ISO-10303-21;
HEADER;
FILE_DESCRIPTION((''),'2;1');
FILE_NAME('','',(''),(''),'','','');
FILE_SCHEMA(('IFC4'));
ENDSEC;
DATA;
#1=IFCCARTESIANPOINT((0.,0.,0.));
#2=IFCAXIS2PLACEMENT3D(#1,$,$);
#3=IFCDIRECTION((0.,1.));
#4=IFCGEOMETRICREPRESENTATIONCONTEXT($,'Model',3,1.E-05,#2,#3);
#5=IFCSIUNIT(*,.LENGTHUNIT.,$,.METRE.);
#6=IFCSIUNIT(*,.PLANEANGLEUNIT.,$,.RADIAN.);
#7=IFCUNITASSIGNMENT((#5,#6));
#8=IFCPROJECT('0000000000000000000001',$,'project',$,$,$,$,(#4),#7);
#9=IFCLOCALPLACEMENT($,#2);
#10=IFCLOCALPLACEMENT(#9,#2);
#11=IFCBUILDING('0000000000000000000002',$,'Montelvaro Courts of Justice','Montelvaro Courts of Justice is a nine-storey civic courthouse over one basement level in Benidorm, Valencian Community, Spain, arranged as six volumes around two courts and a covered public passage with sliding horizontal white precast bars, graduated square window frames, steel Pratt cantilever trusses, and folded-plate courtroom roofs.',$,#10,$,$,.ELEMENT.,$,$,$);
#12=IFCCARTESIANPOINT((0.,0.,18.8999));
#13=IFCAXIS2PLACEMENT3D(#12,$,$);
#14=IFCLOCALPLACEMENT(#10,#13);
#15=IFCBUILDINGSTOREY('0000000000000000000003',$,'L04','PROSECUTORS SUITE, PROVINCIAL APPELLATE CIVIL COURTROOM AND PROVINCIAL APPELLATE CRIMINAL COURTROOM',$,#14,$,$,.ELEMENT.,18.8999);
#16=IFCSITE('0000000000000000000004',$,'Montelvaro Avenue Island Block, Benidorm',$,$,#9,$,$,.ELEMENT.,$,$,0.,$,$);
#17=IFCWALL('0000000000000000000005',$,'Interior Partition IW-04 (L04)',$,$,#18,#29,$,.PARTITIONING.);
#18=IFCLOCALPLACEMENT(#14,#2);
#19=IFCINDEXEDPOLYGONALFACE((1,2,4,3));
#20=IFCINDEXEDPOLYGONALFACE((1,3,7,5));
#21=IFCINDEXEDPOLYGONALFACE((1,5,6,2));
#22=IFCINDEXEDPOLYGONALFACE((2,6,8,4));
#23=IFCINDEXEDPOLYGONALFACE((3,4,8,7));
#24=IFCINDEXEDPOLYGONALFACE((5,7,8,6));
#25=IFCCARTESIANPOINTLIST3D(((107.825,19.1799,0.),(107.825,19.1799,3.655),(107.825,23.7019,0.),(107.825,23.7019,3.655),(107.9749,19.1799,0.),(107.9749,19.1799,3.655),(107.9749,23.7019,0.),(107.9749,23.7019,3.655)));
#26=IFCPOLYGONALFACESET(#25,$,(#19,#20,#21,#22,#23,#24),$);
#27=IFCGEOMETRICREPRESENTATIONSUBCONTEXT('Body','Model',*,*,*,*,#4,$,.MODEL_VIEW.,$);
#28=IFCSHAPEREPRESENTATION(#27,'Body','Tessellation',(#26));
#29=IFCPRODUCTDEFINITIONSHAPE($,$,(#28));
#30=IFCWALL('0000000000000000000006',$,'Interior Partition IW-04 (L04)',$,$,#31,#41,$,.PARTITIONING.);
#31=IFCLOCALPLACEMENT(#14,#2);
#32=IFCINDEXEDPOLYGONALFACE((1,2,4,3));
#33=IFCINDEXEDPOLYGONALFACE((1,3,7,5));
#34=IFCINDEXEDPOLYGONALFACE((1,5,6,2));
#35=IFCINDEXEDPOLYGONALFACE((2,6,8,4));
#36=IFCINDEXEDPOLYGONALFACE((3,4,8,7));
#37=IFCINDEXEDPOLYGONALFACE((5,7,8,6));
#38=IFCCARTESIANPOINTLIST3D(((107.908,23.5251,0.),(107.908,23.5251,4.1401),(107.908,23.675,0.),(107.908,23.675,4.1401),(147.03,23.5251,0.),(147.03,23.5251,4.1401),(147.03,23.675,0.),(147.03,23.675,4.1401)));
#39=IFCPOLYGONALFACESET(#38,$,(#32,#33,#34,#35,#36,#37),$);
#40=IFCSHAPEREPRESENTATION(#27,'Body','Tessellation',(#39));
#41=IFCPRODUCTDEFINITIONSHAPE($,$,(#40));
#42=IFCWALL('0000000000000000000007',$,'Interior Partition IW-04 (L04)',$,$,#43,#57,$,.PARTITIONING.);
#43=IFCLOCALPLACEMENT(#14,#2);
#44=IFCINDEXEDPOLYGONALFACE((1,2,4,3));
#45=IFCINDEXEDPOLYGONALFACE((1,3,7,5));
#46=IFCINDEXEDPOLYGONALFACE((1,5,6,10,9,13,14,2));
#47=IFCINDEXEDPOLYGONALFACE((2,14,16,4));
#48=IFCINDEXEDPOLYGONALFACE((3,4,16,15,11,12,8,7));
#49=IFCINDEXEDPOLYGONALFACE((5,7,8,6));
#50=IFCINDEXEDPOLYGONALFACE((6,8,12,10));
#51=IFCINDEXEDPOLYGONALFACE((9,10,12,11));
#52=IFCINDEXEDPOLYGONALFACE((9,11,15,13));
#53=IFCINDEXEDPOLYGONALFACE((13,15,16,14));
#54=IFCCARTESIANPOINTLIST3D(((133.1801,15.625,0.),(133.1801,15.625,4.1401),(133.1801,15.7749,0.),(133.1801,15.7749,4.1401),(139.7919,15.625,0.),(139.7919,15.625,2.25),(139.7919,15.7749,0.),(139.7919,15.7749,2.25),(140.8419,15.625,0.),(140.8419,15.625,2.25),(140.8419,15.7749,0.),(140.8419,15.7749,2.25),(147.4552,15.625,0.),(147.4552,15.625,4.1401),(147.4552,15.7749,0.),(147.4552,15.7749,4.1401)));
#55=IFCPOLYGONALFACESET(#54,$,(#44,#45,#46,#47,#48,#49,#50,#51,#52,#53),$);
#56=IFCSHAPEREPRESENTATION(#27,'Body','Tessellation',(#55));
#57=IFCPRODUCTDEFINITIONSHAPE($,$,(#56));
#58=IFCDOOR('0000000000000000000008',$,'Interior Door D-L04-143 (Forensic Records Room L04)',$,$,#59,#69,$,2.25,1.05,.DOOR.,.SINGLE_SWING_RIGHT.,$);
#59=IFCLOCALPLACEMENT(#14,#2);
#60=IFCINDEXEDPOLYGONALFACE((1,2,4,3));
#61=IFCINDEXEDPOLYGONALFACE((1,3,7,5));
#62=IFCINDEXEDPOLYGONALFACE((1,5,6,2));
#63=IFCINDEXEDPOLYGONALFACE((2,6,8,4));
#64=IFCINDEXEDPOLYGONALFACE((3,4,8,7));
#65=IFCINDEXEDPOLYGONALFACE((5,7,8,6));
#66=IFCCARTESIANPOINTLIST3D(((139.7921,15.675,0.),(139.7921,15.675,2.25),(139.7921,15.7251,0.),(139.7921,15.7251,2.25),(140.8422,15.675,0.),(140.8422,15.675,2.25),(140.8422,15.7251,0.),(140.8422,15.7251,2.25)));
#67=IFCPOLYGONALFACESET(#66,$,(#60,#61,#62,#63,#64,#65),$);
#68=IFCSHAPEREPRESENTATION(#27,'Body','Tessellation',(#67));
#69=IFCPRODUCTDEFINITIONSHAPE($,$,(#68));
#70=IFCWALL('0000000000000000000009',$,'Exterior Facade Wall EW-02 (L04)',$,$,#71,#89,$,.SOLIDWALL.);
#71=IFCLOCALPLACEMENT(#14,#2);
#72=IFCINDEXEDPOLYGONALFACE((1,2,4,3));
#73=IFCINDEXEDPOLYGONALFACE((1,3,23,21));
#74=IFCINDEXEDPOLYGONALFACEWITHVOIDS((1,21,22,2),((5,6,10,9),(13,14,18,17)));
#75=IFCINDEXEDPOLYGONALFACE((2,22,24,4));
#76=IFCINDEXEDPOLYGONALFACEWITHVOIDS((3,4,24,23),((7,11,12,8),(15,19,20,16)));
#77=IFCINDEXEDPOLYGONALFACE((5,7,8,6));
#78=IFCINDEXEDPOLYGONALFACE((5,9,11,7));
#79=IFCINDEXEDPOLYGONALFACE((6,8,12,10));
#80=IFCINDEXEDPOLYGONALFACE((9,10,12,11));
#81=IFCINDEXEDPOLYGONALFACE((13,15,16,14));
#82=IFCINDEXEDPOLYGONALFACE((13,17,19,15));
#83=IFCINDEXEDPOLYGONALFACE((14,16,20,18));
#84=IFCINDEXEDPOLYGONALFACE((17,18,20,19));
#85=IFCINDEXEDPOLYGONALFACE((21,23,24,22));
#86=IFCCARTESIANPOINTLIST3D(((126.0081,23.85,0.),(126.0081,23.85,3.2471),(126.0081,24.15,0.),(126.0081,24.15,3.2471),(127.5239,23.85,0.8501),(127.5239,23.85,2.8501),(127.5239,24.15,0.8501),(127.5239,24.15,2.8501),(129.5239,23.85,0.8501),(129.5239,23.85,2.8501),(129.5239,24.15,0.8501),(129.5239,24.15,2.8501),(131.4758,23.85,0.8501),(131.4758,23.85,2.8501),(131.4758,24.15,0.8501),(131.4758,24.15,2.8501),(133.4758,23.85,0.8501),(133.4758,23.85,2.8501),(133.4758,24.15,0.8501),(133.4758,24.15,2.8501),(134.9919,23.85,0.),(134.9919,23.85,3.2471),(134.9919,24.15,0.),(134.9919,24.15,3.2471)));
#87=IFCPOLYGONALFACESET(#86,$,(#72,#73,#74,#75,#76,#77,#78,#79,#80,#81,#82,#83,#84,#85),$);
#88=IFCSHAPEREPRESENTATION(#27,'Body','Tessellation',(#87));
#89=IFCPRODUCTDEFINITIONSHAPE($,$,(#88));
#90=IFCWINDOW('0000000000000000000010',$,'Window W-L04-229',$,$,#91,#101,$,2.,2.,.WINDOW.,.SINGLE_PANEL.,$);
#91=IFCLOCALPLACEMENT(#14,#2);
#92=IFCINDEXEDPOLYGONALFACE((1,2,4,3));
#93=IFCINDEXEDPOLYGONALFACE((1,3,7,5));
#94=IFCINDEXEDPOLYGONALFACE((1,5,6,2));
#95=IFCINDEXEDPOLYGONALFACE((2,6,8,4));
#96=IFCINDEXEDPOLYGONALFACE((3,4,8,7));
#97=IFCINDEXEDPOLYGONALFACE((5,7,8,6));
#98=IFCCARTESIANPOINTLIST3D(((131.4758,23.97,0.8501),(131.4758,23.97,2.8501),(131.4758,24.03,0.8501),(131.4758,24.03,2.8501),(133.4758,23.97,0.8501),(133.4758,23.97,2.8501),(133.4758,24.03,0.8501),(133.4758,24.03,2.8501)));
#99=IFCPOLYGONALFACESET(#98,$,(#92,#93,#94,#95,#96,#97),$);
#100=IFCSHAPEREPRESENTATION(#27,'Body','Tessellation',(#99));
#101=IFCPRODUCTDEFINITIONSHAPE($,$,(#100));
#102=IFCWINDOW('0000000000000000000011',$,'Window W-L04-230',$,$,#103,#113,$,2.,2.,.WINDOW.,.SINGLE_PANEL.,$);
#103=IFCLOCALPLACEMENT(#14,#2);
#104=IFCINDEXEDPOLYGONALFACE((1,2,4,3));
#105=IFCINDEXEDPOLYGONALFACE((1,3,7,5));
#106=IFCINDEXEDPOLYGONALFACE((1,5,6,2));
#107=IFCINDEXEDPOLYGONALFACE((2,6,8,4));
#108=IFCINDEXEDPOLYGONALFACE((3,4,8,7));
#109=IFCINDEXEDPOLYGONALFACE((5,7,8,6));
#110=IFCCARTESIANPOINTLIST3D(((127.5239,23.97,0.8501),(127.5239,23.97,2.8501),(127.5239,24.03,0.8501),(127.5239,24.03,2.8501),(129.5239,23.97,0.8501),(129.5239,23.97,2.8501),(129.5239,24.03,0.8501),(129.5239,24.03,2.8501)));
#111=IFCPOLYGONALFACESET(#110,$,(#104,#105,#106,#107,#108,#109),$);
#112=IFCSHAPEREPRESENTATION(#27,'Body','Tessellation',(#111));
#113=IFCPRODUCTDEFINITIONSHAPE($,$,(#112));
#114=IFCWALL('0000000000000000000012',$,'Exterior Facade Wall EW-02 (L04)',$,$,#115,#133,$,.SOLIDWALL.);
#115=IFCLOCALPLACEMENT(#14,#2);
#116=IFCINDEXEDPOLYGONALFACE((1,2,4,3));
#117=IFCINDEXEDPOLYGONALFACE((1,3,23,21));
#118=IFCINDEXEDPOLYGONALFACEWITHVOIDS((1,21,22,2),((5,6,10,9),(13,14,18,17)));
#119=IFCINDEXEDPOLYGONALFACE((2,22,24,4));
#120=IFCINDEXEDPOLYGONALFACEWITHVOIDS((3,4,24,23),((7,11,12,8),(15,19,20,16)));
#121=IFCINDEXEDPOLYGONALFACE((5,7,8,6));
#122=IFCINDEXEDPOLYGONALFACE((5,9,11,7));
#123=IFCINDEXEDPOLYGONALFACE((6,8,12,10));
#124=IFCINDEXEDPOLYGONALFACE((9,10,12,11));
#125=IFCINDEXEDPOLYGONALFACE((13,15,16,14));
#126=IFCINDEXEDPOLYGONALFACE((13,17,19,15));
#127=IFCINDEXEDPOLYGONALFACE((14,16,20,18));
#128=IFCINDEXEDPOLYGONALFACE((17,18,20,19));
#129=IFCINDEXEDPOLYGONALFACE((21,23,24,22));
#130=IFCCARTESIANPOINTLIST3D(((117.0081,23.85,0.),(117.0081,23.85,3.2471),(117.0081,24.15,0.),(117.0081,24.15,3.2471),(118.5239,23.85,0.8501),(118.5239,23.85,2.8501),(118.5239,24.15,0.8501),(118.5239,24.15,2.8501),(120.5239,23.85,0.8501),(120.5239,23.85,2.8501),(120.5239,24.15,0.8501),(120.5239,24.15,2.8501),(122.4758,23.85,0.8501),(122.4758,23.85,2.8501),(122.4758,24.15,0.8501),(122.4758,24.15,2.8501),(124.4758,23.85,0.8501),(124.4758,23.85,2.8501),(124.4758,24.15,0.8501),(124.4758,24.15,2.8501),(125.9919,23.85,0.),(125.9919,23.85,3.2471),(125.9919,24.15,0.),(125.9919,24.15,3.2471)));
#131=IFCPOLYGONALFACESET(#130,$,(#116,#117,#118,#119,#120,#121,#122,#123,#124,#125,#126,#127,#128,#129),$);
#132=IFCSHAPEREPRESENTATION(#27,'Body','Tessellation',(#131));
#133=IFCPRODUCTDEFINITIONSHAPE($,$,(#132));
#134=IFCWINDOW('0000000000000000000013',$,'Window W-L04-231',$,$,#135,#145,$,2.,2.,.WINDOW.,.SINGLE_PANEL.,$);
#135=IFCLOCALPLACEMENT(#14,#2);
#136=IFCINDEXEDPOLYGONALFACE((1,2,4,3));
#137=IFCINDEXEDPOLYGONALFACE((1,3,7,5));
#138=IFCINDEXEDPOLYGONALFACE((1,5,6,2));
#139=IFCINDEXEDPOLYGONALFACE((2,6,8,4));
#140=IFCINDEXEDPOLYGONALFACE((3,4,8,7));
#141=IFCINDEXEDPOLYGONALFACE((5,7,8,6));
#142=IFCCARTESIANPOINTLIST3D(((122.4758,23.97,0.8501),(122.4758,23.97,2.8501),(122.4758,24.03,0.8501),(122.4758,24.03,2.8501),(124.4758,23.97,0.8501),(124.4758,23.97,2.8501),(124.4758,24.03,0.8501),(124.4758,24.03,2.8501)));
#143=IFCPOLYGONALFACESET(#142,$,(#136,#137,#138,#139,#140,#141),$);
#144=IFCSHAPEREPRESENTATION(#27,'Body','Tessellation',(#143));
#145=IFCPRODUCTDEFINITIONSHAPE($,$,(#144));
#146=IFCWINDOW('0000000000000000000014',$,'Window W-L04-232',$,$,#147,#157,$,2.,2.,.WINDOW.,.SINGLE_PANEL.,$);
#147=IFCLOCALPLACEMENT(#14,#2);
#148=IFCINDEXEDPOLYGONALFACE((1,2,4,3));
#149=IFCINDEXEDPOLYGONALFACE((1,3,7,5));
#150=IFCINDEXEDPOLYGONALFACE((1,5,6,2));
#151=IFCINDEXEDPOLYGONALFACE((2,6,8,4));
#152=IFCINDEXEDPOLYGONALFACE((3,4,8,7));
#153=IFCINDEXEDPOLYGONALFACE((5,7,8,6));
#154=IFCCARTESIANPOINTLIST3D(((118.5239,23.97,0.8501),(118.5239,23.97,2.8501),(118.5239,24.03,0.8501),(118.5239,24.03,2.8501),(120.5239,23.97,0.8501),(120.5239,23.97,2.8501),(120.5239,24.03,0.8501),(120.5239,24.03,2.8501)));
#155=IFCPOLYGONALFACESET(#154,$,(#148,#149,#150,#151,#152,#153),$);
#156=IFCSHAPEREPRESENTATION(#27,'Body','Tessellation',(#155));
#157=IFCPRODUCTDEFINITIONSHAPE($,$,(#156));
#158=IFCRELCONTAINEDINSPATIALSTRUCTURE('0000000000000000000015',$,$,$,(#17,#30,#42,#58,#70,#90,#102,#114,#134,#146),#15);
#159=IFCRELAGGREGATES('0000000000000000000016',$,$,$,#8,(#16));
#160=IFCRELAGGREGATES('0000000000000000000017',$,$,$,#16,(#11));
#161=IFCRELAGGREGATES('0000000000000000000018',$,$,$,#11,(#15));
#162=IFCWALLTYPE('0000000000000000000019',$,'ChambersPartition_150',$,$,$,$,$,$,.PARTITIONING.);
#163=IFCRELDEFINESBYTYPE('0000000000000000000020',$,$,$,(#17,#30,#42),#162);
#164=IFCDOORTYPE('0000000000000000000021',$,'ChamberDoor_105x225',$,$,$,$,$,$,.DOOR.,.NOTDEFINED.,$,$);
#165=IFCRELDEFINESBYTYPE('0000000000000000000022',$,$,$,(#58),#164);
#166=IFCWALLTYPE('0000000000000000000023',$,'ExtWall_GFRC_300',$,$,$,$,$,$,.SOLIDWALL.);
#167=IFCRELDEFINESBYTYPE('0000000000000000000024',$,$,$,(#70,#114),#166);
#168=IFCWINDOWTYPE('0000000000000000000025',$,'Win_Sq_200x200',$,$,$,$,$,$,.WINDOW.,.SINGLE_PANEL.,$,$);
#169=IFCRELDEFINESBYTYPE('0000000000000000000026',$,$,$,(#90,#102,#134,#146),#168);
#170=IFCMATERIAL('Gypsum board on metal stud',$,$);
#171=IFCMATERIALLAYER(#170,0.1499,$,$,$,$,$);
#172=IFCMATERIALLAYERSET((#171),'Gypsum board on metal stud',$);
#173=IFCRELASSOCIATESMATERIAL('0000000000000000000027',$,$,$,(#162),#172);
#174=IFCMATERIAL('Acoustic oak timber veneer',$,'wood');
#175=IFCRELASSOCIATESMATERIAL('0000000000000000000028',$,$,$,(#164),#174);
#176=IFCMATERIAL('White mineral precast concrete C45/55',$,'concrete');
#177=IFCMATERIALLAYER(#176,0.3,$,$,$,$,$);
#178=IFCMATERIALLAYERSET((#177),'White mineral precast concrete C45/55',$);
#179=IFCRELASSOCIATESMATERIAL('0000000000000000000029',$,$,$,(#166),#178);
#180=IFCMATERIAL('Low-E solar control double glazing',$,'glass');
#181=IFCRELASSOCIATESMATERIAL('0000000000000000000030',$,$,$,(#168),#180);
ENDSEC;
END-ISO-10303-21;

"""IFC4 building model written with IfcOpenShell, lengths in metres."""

from ifc_helpers import new_model, si_unit, direction, frame, frame_2d, origin, place, context, subcontext, project, spatial, rectangle, extrude, material, layer, layer_set, type_object, element, fill, save


model = new_model("IFC4")

# Units and contexts
model_context = context("Model", 3, precision=1e-05, world=origin(), true_north=direction((0.0, 1.0)))
body_context = subcontext(model_context, "Body", "Model", "MODEL_VIEW")
ifc_project = project(units=[si_unit("LENGTHUNIT", "METRE"), si_unit("PLANEANGLEUNIT", "RADIAN")], contexts=[model_context])

# Site, building, storey
site_placement = place(None, origin())
site = spatial("IfcSite", under=ifc_project, at=site_placement, Name="Montelvaro Avenue Island Block, Benidorm", CompositionType="ELEMENT", RefElevation=0.0)
building_placement = place(site_placement, origin())
building = spatial("IfcBuilding", under=site, at=building_placement, Name="Montelvaro Courts of Justice", Description="Montelvaro Courts of Justice is a nine-storey civic courthouse over one basement level in Benidorm, Valencian Community, Spain, arranged as six volumes around two courts and a covered public passage with sliding horizontal white precast bars, graduated square window frames, steel Pratt cantilever trusses, and folded-plate courtroom roofs.", CompositionType="ELEMENT")
storey_placement = place(building_placement, frame((0.0, 0.0, 18.8999)))
storey = spatial("IfcBuildingStorey", under=building, at=storey_placement, Name="L04", Description="PROSECUTORS SUITE, PROVINCIAL APPELLATE CIVIL COURTROOM AND PROVINCIAL APPELLATE CRIMINAL COURTROOM", CompositionType="ELEMENT", Elevation=18.8999)

# Shared definitions
ifc_material_1 = material(Name="White mineral precast concrete C45/55", Category="concrete")

# Walls
ifc_material_2 = material(Name="Gypsum board on metal stud")
ifc_layer_1 = layer(ifc_material_2, 0.1499)
ifc_layer_set_1 = layer_set([ifc_layer_1], Name="Gypsum board on metal stud")
wall_type_1 = type_object("IfcWallType", Name="ChambersPartition_150", PredefinedType="PARTITIONING", material=ifc_layer_set_1)
wall_1_placement = place(storey_placement, frame((107.8999, 19.1799, 0.0), z_axis=(0.0, 0.0, 1.0), x_axis=(0.0, 1.0, 0.0)))
element("IfcWall", 1, at=wall_1_placement, inside=storey, type_object=wall_type_1, Name="Interior Partition IW-04 (L04)", PredefinedType="PARTITIONING", context=body_context, shape_type="SweptSolid", body=[
    extrude(rectangle(XDim=4.522, YDim=0.1499, at=frame_2d((2.261, 0.0))), origin(), (0.0, 0.0, 1.0), 3.655),
])
wall_2_placement = place(storey_placement, frame((107.908, 23.6001, 0.0), z_axis=(0.0, 0.0, 1.0), x_axis=(1.0, 0.0, 0.0)))
element("IfcWall", 2, at=wall_2_placement, inside=storey, type_object=wall_type_1, Name="Interior Partition IW-04 (L04)", PredefinedType="PARTITIONING", context=body_context, shape_type="SweptSolid", body=[
    extrude(rectangle(XDim=39.1221, YDim=0.1499, at=frame_2d((19.561, 0.0))), origin(), (0.0, 0.0, 1.0), 4.1401),
])

# Wall, opening, door
wall_3_placement = place(storey_placement, frame((133.1799, 15.7, 0.0), z_axis=(0.0, 0.0, 1.0), x_axis=(1.0, 0.0, 0.0)))
wall_3 = element("IfcWall", 3, at=wall_3_placement, inside=storey, type_object=wall_type_1, Name="Interior Partition IW-04 (L04)", PredefinedType="PARTITIONING", context=body_context, shape_type="SweptSolid", body=[
    extrude(rectangle(XDim=14.2751, YDim=0.1499, at=frame_2d((7.1377, 0.0))), origin(), (0.0, 0.0, 1.0), 4.1401),
])
opening_1_placement = place(wall_3_placement, frame((6.6121, 0.0, 0.0)))
opening_1 = element("IfcOpeningElement", 4, at=opening_1_placement, cuts=wall_3, PredefinedType="OPENING", context=body_context, shape_type="SweptSolid", body=[
    extrude(rectangle(XDim=1.05, YDim=2.25, at=frame_2d((0.5249, 1.125))), frame((0.0, 0.0898, 0.0), z_axis=(0.0, -1.0, 0.0), x_axis=(1.0, 0.0, 0.0)), (0.0, 0.0, 1.0), 0.1797),
])
ifc_material_3 = material(Name="Acoustic oak timber veneer", Category="wood")
door_type_1 = type_object("IfcDoorType", Name="ChamberDoor_105x225", OperationType="NOTDEFINED", PredefinedType="DOOR", material=ifc_material_3)
door_1_placement = place(opening_1_placement, frame((1.05, 0.0, 0.0), z_axis=(0.0, 0.0, 1.0), x_axis=(-1.0, 0.0, 0.0)))
door_1 = element("IfcDoor", 5, at=door_1_placement, inside=storey, type_object=door_type_1, Name="Interior Door D-L04-143 (Forensic Records Room L04)", OperationType="SINGLE_SWING_RIGHT", OverallHeight=2.25, OverallWidth=1.05, PredefinedType="DOOR", context=body_context, shape_type="SweptSolid", body=[
    extrude(rectangle(XDim=1.05, YDim=2.25, at=frame_2d((0.5249, 1.125))), frame((0.0, 0.0249, 0.0), z_axis=(0.0, -1.0, 0.0), x_axis=(1.0, 0.0, 0.0)), (0.0, 0.0, 1.0), 0.05),
])
fill(opening_1, door_1)

# Walls, openings, windows
ifc_layer_2 = layer(ifc_material_1, 0.3)
ifc_layer_set_2 = layer_set([ifc_layer_2], Name="White mineral precast concrete C45/55")
wall_type_2 = type_object("IfcWallType", Name="ExtWall_GFRC_300", PredefinedType="SOLIDWALL", material=ifc_layer_set_2)
wall_4_placement = place(storey_placement, frame((134.9919, 24.0, 0.0), z_axis=(0.0, 0.0, 1.0), x_axis=(-1.0, 0.0, 0.0)))
wall_4 = element("IfcWall", 6, at=wall_4_placement, inside=storey, type_object=wall_type_2, Name="Exterior Facade Wall EW-02 (L04)", PredefinedType="SOLIDWALL", context=body_context, shape_type="SweptSolid", body=[
    extrude(rectangle(XDim=8.9839, YDim=0.3, at=frame_2d((4.4919, 0.0))), origin(), (0.0, 0.0, 1.0), 3.2471),
])
opening_2_placement = place(wall_4_placement, frame((1.5161, 0.0, 0.8501)))
opening_2 = element("IfcOpeningElement", 7, at=opening_2_placement, cuts=wall_4, PredefinedType="OPENING", context=body_context, shape_type="SweptSolid", body=[
    extrude(rectangle(XDim=2.0, YDim=2.0, at=frame_2d((1.0, 1.0))), frame((0.0, 0.165, 0.0), z_axis=(0.0, -1.0, 0.0), x_axis=(1.0, 0.0, 0.0)), (0.0, 0.0, 1.0), 0.3298),
])
opening_3_placement = place(wall_4_placement, frame((5.468, 0.0, 0.8501)))
opening_3 = element("IfcOpeningElement", 8, at=opening_3_placement, cuts=wall_4, PredefinedType="OPENING", context=body_context, shape_type="SweptSolid", body=[
    extrude(rectangle(XDim=2.0, YDim=2.0, at=frame_2d((1.0, 1.0))), frame((0.0, 0.165, 0.0), z_axis=(0.0, -1.0, 0.0), x_axis=(1.0, 0.0, 0.0)), (0.0, 0.0, 1.0), 0.3298),
])
ifc_material_4 = material(Name="Low-E solar control double glazing", Category="glass")
window_type = type_object("IfcWindowType", Name="Win_Sq_200x200", PartitioningType="SINGLE_PANEL", PredefinedType="WINDOW", material=ifc_material_4)
window_1_placement = place(opening_2_placement, origin())
window_1 = element("IfcWindow", 9, at=window_1_placement, inside=storey, type_object=window_type, Name="Window W-L04-229", OverallHeight=2.0, OverallWidth=2.0, PartitioningType="SINGLE_PANEL", PredefinedType="WINDOW", context=body_context, shape_type="SweptSolid", body=[
    extrude(rectangle(XDim=2.0, YDim=2.0, at=frame_2d((1.0, 1.0))), frame((0.0, 0.03, 0.0), z_axis=(0.0, -1.0, 0.0), x_axis=(1.0, 0.0, 0.0)), (0.0, 0.0, 1.0), 0.0601),
])
fill(opening_2, window_1)
window_2_placement = place(opening_3_placement, origin())
window_2 = element("IfcWindow", 10, at=window_2_placement, inside=storey, type_object=window_type, Name="Window W-L04-230", OverallHeight=2.0, OverallWidth=2.0, PartitioningType="SINGLE_PANEL", PredefinedType="WINDOW", context=body_context, shape_type="SweptSolid", body=[
    extrude(rectangle(XDim=2.0, YDim=2.0, at=frame_2d((1.0, 1.0))), frame((0.0, 0.03, 0.0), z_axis=(0.0, -1.0, 0.0), x_axis=(1.0, 0.0, 0.0)), (0.0, 0.0, 1.0), 0.0601),
])
fill(opening_3, window_2)
wall_5_placement = place(storey_placement, frame((125.9919, 24.0, 0.0), z_axis=(0.0, 0.0, 1.0), x_axis=(-1.0, 0.0, 0.0)))
wall_5 = element("IfcWall", 11, at=wall_5_placement, inside=storey, type_object=wall_type_2, Name="Exterior Facade Wall EW-02 (L04)", PredefinedType="SOLIDWALL", context=body_context, shape_type="SweptSolid", body=[
    extrude(rectangle(XDim=8.9839, YDim=0.3, at=frame_2d((4.4919, 0.0))), origin(), (0.0, 0.0, 1.0), 3.2471),
])
opening_4_placement = place(wall_5_placement, frame((1.5161, 0.0, 0.8501)))
opening_4 = element("IfcOpeningElement", 12, at=opening_4_placement, cuts=wall_5, PredefinedType="OPENING", context=body_context, shape_type="SweptSolid", body=[
    extrude(rectangle(XDim=2.0, YDim=2.0, at=frame_2d((1.0, 1.0))), frame((0.0, 0.165, 0.0), z_axis=(0.0, -1.0, 0.0), x_axis=(1.0, 0.0, 0.0)), (0.0, 0.0, 1.0), 0.3298),
])
opening_5_placement = place(wall_5_placement, frame((5.468, 0.0, 0.8501)))
opening_5 = element("IfcOpeningElement", 13, at=opening_5_placement, cuts=wall_5, PredefinedType="OPENING", context=body_context, shape_type="SweptSolid", body=[
    extrude(rectangle(XDim=2.0, YDim=2.0, at=frame_2d((1.0, 1.0))), frame((0.0, 0.165, 0.0), z_axis=(0.0, -1.0, 0.0), x_axis=(1.0, 0.0, 0.0)), (0.0, 0.0, 1.0), 0.3298),
])
window_3_placement = place(opening_4_placement, origin())
window_3 = element("IfcWindow", 14, at=window_3_placement, inside=storey, type_object=window_type, Name="Window W-L04-231", OverallHeight=2.0, OverallWidth=2.0, PartitioningType="SINGLE_PANEL", PredefinedType="WINDOW", context=body_context, shape_type="SweptSolid", body=[
    extrude(rectangle(XDim=2.0, YDim=2.0, at=frame_2d((1.0, 1.0))), frame((0.0, 0.03, 0.0), z_axis=(0.0, -1.0, 0.0), x_axis=(1.0, 0.0, 0.0)), (0.0, 0.0, 1.0), 0.0601),
])
fill(opening_4, window_3)
window_4_placement = place(opening_5_placement, origin())
window_4 = element("IfcWindow", 15, at=window_4_placement, inside=storey, type_object=window_type, Name="Window W-L04-232", OverallHeight=2.0, OverallWidth=2.0, PartitioningType="SINGLE_PANEL", PredefinedType="WINDOW", context=body_context, shape_type="SweptSolid", body=[
    extrude(rectangle(XDim=2.0, YDim=2.0, at=frame_2d((1.0, 1.0))), frame((0.0, 0.03, 0.0), z_axis=(0.0, -1.0, 0.0), x_axis=(1.0, 0.0, 0.0)), (0.0, 0.0, 1.0), 0.0601),
])
fill(opening_5, window_4)

save(model, "model.ifc")
